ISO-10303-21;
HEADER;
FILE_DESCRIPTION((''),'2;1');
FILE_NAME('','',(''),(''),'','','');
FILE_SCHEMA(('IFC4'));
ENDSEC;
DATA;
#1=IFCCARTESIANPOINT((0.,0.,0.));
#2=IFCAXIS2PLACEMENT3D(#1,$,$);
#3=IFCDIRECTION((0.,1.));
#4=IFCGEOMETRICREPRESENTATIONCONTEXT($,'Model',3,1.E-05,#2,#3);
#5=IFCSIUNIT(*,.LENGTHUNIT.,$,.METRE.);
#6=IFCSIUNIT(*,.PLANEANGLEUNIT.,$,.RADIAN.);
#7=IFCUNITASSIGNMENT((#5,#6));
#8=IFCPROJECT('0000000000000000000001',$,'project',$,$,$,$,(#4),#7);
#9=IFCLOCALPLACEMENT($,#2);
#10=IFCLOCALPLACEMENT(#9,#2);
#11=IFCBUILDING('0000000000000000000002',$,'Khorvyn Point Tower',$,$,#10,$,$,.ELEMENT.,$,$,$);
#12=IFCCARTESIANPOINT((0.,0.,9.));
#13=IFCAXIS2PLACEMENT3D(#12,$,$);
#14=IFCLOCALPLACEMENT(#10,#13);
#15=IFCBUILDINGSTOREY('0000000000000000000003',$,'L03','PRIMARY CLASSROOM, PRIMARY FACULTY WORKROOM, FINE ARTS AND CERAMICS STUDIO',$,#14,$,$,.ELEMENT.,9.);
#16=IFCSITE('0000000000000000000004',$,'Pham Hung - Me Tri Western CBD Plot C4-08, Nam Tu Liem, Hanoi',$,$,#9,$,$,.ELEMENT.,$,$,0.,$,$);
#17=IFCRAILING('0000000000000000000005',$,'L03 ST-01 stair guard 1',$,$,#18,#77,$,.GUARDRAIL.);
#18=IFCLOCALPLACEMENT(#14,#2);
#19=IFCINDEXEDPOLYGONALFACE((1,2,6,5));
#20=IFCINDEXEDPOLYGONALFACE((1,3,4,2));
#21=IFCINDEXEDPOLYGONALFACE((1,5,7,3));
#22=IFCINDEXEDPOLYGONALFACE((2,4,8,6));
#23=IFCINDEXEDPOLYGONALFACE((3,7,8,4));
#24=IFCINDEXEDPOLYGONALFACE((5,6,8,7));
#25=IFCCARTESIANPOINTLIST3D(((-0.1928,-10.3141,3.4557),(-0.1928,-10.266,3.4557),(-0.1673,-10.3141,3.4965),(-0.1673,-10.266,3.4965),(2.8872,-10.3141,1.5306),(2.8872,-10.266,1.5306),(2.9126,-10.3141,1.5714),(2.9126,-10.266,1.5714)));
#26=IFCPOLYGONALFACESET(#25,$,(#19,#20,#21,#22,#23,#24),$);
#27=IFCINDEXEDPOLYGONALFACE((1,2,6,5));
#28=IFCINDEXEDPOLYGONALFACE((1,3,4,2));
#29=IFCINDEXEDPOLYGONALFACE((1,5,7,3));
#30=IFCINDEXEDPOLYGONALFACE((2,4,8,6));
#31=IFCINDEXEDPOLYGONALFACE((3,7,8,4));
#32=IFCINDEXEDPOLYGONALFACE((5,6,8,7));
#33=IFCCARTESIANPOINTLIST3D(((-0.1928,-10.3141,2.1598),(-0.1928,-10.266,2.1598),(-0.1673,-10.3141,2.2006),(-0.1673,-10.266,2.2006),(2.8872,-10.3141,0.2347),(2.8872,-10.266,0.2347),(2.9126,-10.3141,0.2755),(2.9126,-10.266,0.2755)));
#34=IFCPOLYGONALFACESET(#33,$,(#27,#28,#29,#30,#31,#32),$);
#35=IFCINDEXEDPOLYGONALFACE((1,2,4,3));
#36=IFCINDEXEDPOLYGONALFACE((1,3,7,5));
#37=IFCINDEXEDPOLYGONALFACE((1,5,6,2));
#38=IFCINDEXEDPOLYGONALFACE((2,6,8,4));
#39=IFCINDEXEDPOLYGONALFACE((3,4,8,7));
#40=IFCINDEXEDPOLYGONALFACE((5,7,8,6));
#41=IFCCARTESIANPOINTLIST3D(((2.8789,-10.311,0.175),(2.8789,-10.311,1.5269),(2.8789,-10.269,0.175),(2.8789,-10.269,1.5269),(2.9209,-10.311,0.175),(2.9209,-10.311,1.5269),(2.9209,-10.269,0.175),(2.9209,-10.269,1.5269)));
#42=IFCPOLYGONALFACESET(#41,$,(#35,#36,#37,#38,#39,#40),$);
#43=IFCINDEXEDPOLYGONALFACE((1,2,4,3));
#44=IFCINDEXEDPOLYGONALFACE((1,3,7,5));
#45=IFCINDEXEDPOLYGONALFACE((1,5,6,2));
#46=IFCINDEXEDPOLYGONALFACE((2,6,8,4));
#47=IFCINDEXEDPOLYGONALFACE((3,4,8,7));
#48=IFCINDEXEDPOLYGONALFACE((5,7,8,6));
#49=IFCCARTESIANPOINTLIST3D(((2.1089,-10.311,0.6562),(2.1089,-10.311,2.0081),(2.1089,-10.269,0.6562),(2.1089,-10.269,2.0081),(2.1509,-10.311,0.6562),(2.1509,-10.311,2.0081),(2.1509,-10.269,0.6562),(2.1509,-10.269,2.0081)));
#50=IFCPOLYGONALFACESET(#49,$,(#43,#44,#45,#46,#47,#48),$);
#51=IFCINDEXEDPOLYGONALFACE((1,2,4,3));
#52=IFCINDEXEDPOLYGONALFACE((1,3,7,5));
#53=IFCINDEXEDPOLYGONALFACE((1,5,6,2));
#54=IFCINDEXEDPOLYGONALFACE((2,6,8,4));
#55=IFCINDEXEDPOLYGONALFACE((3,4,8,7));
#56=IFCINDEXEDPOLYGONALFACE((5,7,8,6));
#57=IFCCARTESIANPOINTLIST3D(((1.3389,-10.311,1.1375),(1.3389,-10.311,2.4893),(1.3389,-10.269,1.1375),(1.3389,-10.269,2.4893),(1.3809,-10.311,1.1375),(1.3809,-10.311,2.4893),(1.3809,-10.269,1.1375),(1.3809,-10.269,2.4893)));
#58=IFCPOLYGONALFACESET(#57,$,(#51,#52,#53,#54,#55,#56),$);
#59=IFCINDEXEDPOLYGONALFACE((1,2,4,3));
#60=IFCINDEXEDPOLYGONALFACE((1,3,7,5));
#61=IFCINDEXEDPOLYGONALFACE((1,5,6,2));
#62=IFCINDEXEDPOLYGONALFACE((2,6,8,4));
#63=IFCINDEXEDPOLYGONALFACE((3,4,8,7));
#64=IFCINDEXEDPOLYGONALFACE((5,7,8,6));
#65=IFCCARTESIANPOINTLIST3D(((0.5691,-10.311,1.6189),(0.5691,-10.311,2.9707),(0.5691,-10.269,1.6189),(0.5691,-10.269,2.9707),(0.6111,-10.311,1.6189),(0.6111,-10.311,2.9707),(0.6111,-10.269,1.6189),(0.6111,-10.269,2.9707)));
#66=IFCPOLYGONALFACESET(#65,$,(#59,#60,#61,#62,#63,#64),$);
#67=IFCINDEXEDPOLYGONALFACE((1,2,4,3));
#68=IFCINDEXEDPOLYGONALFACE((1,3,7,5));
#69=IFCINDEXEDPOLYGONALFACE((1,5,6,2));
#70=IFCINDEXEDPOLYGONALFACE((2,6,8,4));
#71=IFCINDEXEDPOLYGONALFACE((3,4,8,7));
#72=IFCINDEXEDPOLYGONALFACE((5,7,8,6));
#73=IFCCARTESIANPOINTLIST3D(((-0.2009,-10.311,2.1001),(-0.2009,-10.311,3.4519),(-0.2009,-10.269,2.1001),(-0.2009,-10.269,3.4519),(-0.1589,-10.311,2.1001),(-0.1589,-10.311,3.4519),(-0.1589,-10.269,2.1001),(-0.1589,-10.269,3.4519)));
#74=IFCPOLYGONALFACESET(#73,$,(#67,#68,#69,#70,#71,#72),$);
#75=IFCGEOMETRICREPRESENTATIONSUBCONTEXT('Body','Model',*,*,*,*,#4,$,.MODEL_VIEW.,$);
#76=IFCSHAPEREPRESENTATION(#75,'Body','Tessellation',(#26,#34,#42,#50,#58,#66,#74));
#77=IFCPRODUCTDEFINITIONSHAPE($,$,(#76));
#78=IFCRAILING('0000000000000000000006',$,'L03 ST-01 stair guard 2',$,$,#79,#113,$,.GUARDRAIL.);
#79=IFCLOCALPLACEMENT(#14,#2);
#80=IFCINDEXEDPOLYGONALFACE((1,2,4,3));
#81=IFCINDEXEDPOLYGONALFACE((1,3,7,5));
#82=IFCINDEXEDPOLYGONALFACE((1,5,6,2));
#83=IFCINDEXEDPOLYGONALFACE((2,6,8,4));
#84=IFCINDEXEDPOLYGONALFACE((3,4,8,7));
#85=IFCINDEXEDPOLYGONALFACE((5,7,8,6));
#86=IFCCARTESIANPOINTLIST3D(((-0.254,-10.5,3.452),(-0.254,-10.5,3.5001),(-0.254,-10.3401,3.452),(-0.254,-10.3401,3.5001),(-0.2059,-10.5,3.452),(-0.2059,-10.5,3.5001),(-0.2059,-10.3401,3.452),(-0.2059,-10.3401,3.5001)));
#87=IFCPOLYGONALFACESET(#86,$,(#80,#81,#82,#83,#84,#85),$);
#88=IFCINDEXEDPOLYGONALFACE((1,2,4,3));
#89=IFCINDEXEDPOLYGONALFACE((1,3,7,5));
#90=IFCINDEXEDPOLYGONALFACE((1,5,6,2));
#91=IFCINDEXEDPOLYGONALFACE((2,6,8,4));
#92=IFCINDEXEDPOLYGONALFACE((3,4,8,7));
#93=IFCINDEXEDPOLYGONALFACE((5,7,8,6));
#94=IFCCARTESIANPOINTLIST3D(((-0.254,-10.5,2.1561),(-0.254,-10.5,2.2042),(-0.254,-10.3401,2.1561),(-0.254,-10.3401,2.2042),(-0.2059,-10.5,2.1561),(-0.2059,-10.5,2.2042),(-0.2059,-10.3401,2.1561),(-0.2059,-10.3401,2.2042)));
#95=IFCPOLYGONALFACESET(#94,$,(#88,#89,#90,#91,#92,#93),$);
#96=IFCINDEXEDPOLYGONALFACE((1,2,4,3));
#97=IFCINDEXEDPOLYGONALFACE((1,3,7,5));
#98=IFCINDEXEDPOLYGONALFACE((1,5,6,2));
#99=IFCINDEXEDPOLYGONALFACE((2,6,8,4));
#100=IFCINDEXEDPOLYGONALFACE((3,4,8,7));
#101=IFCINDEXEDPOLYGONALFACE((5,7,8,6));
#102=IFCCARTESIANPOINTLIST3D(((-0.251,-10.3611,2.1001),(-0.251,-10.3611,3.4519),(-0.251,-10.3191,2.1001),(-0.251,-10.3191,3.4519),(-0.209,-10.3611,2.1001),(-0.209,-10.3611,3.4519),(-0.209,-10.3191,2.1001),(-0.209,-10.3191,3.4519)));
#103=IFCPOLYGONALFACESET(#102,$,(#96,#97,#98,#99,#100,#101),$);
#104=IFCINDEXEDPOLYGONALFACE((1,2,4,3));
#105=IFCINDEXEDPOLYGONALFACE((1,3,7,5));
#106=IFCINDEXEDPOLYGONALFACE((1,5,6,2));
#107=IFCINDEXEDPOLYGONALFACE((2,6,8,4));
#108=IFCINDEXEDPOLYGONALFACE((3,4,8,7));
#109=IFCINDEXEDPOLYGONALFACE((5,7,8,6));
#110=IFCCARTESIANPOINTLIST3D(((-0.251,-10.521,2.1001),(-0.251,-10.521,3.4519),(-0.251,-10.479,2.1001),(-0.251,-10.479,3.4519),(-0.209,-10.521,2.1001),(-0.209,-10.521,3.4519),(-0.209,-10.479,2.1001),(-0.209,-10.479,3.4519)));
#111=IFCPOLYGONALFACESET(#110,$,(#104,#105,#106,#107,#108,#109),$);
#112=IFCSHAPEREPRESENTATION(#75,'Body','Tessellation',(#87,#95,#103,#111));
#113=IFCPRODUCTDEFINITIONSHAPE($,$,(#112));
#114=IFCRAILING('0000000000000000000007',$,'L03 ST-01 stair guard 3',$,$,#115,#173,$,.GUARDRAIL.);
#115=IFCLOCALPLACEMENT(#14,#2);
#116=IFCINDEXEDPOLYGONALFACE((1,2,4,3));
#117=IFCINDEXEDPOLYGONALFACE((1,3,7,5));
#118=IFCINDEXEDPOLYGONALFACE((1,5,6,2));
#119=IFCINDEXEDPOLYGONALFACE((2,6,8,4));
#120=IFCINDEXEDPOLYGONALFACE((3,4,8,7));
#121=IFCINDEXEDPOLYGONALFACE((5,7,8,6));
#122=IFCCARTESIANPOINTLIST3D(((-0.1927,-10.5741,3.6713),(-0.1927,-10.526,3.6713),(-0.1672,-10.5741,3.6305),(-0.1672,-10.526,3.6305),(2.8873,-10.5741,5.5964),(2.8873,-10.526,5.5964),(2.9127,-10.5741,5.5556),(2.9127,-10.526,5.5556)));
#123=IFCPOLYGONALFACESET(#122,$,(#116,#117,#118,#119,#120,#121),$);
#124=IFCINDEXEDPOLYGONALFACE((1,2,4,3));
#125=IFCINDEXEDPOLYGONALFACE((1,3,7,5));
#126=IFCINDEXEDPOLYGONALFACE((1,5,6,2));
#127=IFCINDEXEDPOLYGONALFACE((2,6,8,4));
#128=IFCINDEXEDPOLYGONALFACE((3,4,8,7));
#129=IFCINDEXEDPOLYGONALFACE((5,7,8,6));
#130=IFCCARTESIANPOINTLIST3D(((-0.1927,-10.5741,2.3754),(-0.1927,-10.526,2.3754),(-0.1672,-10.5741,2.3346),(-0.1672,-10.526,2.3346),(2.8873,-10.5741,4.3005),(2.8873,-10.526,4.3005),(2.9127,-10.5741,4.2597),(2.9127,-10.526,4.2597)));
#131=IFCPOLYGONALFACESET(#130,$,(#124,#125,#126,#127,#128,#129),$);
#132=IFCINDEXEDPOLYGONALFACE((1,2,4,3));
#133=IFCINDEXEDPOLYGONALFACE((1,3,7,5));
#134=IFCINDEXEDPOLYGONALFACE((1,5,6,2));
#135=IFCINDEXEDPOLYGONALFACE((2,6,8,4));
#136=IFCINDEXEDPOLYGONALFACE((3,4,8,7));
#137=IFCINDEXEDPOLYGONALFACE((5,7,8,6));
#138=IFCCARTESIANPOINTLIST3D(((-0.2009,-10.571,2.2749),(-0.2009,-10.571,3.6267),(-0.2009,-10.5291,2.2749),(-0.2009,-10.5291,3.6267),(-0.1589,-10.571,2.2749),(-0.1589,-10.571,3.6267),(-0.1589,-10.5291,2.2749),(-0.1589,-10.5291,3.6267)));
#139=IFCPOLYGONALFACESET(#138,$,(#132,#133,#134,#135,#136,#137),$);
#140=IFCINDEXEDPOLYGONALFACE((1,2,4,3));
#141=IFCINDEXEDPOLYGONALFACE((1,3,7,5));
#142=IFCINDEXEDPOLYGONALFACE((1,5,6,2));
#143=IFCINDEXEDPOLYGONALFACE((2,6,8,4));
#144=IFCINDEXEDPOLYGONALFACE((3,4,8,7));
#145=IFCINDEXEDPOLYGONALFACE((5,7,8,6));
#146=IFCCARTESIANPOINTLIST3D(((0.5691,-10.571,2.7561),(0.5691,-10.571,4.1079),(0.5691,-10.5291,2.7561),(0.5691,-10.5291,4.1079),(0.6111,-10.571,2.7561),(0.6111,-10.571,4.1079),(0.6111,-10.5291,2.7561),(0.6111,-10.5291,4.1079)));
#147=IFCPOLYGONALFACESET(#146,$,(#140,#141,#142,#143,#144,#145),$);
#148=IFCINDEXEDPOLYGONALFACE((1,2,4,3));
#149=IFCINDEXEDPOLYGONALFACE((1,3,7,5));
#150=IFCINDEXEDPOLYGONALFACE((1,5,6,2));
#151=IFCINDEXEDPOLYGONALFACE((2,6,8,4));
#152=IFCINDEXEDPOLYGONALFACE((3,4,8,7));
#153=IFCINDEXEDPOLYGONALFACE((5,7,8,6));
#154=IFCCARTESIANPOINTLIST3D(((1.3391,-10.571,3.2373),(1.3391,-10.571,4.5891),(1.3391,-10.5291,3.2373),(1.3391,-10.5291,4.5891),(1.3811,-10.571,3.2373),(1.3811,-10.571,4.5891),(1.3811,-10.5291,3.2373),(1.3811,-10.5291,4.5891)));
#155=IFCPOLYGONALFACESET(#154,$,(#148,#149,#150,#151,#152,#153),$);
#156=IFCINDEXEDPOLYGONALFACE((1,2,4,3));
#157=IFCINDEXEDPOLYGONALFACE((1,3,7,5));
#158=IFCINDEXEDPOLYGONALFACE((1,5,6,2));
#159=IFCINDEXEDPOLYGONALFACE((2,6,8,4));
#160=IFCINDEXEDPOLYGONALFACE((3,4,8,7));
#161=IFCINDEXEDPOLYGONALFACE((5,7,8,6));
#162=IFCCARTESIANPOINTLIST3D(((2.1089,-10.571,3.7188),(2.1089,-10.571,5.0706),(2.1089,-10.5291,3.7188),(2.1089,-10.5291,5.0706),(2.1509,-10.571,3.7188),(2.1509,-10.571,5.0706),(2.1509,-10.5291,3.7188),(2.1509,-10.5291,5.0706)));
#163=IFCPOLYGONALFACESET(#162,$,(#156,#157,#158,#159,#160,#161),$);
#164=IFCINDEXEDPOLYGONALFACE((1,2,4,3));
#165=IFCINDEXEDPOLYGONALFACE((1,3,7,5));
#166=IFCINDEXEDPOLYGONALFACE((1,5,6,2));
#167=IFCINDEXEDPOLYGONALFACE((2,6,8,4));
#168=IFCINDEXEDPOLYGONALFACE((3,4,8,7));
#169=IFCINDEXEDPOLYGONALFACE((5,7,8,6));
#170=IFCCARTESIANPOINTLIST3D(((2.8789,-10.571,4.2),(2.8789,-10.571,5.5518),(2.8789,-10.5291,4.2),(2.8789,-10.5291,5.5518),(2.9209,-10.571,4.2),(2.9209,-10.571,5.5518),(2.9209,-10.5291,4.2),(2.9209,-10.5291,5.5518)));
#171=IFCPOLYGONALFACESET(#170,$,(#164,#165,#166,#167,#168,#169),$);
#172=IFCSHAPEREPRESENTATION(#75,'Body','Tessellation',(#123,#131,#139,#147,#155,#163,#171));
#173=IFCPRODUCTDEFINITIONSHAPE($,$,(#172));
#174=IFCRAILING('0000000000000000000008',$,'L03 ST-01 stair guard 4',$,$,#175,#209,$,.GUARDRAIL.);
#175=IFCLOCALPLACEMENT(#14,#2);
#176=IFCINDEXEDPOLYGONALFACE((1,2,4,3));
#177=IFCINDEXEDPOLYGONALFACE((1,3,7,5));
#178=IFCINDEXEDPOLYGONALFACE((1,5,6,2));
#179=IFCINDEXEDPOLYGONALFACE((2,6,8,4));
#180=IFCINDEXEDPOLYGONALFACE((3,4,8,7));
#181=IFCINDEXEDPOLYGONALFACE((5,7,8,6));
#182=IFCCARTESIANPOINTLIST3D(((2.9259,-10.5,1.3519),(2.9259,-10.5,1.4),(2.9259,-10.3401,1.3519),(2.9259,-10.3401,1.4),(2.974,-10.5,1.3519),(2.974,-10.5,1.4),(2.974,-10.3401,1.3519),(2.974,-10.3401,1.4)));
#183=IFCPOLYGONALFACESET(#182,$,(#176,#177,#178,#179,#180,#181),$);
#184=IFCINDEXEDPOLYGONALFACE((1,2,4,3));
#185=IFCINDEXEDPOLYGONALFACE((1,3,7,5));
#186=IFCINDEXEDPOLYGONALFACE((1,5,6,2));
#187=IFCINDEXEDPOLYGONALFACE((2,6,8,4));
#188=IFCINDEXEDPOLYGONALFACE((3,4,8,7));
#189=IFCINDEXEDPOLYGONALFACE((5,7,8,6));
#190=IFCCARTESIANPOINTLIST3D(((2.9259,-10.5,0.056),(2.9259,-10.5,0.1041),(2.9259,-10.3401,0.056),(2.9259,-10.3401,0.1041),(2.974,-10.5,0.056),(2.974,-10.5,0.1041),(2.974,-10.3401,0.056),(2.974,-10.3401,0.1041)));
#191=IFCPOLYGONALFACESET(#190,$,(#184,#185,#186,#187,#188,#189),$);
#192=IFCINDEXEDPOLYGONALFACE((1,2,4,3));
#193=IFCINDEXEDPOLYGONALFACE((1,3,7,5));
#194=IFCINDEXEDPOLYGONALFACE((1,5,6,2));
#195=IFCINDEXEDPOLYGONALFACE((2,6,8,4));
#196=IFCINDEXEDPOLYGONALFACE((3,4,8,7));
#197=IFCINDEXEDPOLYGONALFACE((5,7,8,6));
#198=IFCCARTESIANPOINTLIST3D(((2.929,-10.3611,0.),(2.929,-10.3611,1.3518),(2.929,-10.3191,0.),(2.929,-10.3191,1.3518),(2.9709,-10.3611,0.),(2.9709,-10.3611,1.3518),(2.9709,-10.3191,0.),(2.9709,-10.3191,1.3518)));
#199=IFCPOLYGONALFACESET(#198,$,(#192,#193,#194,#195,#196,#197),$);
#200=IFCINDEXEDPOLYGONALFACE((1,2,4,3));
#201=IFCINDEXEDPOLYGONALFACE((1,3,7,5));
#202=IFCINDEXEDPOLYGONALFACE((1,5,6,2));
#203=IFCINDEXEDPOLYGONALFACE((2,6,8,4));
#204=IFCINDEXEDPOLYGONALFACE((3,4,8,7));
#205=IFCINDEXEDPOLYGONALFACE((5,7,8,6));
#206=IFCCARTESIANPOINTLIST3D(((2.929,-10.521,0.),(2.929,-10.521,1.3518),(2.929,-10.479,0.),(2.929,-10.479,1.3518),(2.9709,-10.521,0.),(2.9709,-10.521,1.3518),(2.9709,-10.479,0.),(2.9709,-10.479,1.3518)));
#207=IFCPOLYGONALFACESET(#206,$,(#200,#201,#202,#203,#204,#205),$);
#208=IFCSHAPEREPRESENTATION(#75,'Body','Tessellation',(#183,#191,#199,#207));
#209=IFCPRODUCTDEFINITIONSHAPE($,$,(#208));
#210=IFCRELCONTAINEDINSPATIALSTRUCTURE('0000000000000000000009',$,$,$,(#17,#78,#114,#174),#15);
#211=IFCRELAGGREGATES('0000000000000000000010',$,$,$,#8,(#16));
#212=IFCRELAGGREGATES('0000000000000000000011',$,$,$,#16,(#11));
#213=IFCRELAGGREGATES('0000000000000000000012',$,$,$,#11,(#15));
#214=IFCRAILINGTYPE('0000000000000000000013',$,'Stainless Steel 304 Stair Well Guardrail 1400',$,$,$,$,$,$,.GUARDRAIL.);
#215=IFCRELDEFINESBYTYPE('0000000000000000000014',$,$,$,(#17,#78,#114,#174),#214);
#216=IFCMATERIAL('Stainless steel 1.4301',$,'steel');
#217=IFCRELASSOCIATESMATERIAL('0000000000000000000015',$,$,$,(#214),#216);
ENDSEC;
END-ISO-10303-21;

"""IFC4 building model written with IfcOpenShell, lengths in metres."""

from ifc_helpers import new_model, si_unit, direction, frame, origin, origin_2d, place, context, subcontext, project, spatial, rectangle, extrude, material, type_object, element, save


model = new_model("IFC4")

# Units and contexts
model_context = context("Model", 3, precision=1e-05, world=origin(), true_north=direction((0.0, 1.0)))
body_context = subcontext(model_context, "Body", "Model", "MODEL_VIEW")
ifc_project = project(units=[si_unit("LENGTHUNIT", "METRE"), si_unit("PLANEANGLEUNIT", "RADIAN")], contexts=[model_context])

# Site, building, storey
site_placement = place(None, origin())
site = spatial("IfcSite", under=ifc_project, at=site_placement, Name="Pham Hung - Me Tri Western CBD Plot C4-08, Nam Tu Liem, Hanoi", CompositionType="ELEMENT", RefElevation=0.0)
building_placement = place(site_placement, origin())
building = spatial("IfcBuilding", under=site, at=building_placement, Name="Khorvyn Point Tower", CompositionType="ELEMENT")
storey_placement = place(building_placement, frame((0.0, 0.0, 9.0)))
storey = spatial("IfcBuildingStorey", under=building, at=storey_placement, Name="L03", Description="PRIMARY CLASSROOM, PRIMARY FACULTY WORKROOM, FINE ARTS AND CERAMICS STUDIO", CompositionType="ELEMENT", Elevation=9.0)

# Railings
ifc_material_1 = material(Name="Stainless steel 1.4301", Category="steel")
railing_type_1 = type_object("IfcRailingType", Name="Stainless Steel 304 Stair Well Guardrail 1400", PredefinedType="GUARDRAIL", material=ifc_material_1)
railing_1_placement = place(storey_placement, frame((2.8999, -10.29, 0.175)))
element("IfcRailing", 1, at=railing_1_placement, inside=storey, type_object=railing_type_1, Name="L03 ST-01 stair guard 1", PredefinedType="GUARDRAIL", context=body_context, shape_type="SweptSolid", body=[
    extrude(rectangle(XDim=0.0481, YDim=0.0481, at=origin_2d()), frame((0.0, 0.0, 1.376), z_axis=(-0.847979, 0.0, 0.530029), x_axis=(0.0, -1.0, 0.0)), (0.0, 0.0, 1.0), 3.6321),
    extrude(rectangle(XDim=0.0481, YDim=0.0481, at=origin_2d()), frame((0.0, 0.0, 0.0801), z_axis=(-0.847979, 0.0, 0.530029), x_axis=(0.0, -1.0, 0.0)), (0.0, 0.0, 1.0), 3.6321),
    extrude(rectangle(XDim=0.042, YDim=0.042, at=origin_2d()), origin(), (0.0, 0.0, 1.0), 1.3518),
    extrude(rectangle(XDim=0.042, YDim=0.042, at=origin_2d()), frame((-0.77, 0.0, 0.4812)), (0.0, 0.0, 1.0), 1.3518),
    extrude(rectangle(XDim=0.042, YDim=0.042, at=origin_2d()), frame((-1.54, 0.0, 0.9624)), (0.0, 0.0, 1.0), 1.3518),
    extrude(rectangle(XDim=0.042, YDim=0.042, at=origin_2d()), frame((-2.3098, 0.0, 1.4438)), (0.0, 0.0, 1.0), 1.3518),
    extrude(rectangle(XDim=0.042, YDim=0.042, at=origin_2d()), frame((-3.0798, 0.0, 1.925)), (0.0, 0.0, 1.0), 1.3518),
])
railing_2_placement = place(storey_placement, frame((-0.23, -10.3401, 2.1001)))
element("IfcRailing", 2, at=railing_2_placement, inside=storey, type_object=railing_type_1, Name="L03 ST-01 stair guard 2", PredefinedType="GUARDRAIL", context=body_context, shape_type="SweptSolid", body=[
    extrude(rectangle(XDim=0.0481, YDim=0.0481, at=origin_2d()), frame((0.0, 0.0, 1.376), z_axis=(0.0, -1.0, 0.0), x_axis=(1.0, 0.0, 0.0)), (0.0, 0.0, 1.0), 0.1599),
    extrude(rectangle(XDim=0.0481, YDim=0.0481, at=origin_2d()), frame((0.0, 0.0, 0.0801), z_axis=(0.0, -1.0, 0.0), x_axis=(1.0, 0.0, 0.0)), (0.0, 0.0, 1.0), 0.1599),
    extrude(rectangle(XDim=0.042, YDim=0.042, at=origin_2d()), origin(), (0.0, 0.0, 1.0), 1.3518),
    extrude(rectangle(XDim=0.042, YDim=0.042, at=origin_2d()), frame((0.0, -0.1599, 0.0)), (0.0, 0.0, 1.0), 1.3518),
])
railing_3_placement = place(storey_placement, frame((-0.1799, -10.55, 2.2749)))
element("IfcRailing", 3, at=railing_3_placement, inside=storey, type_object=railing_type_1, Name="L03 ST-01 stair guard 3", PredefinedType="GUARDRAIL", context=body_context, shape_type="SweptSolid", body=[
    extrude(rectangle(XDim=0.0481, YDim=0.0481, at=origin_2d()), frame((0.0, 0.0, 1.376), z_axis=(0.847979, 0.0, 0.530029), x_axis=(0.0, 1.0, 0.0)), (0.0, 0.0, 1.0), 3.6321),
    extrude(rectangle(XDim=0.0481, YDim=0.0481, at=origin_2d()), frame((0.0, 0.0, 0.0801), z_axis=(0.847979, 0.0, 0.530029), x_axis=(0.0, 1.0, 0.0)), (0.0, 0.0, 1.0), 3.6321),
    extrude(rectangle(XDim=0.042, YDim=0.042, at=origin_2d()), origin(), (0.0, 0.0, 1.0), 1.3518),
    extrude(rectangle(XDim=0.042, YDim=0.042, at=origin_2d()), frame((0.77, 0.0, 0.4812)), (0.0, 0.0, 1.0), 1.3518),
    extrude(rectangle(XDim=0.042, YDim=0.042, at=origin_2d()), frame((1.54, 0.0, 0.9624)), (0.0, 0.0, 1.0), 1.3518),
    extrude(rectangle(XDim=0.042, YDim=0.042, at=origin_2d()), frame((2.3098, 0.0, 1.4438)), (0.0, 0.0, 1.0), 1.3518),
    extrude(rectangle(XDim=0.042, YDim=0.042, at=origin_2d()), frame((3.0798, 0.0, 1.925)), (0.0, 0.0, 1.0), 1.3518),
])
railing_4_placement = place(storey_placement, frame((2.95, -10.3401, 0.0)))
element("IfcRailing", 4, at=railing_4_placement, inside=storey, type_object=railing_type_1, Name="L03 ST-01 stair guard 4", PredefinedType="GUARDRAIL", context=body_context, shape_type="SweptSolid", body=[
    extrude(rectangle(XDim=0.0481, YDim=0.0481, at=origin_2d()), frame((0.0, 0.0, 1.376), z_axis=(0.0, -1.0, 0.0), x_axis=(1.0, 0.0, 0.0)), (0.0, 0.0, 1.0), 0.1599),
    extrude(rectangle(XDim=0.0481, YDim=0.0481, at=origin_2d()), frame((0.0, 0.0, 0.0801), z_axis=(0.0, -1.0, 0.0), x_axis=(1.0, 0.0, 0.0)), (0.0, 0.0, 1.0), 0.1599),
    extrude(rectangle(XDim=0.042, YDim=0.042, at=origin_2d()), origin(), (0.0, 0.0, 1.0), 1.3518),
    extrude(rectangle(XDim=0.042, YDim=0.042, at=origin_2d()), frame((0.0, -0.1599, 0.0)), (0.0, 0.0, 1.0), 1.3518),
])

save(model, "model.ifc")
